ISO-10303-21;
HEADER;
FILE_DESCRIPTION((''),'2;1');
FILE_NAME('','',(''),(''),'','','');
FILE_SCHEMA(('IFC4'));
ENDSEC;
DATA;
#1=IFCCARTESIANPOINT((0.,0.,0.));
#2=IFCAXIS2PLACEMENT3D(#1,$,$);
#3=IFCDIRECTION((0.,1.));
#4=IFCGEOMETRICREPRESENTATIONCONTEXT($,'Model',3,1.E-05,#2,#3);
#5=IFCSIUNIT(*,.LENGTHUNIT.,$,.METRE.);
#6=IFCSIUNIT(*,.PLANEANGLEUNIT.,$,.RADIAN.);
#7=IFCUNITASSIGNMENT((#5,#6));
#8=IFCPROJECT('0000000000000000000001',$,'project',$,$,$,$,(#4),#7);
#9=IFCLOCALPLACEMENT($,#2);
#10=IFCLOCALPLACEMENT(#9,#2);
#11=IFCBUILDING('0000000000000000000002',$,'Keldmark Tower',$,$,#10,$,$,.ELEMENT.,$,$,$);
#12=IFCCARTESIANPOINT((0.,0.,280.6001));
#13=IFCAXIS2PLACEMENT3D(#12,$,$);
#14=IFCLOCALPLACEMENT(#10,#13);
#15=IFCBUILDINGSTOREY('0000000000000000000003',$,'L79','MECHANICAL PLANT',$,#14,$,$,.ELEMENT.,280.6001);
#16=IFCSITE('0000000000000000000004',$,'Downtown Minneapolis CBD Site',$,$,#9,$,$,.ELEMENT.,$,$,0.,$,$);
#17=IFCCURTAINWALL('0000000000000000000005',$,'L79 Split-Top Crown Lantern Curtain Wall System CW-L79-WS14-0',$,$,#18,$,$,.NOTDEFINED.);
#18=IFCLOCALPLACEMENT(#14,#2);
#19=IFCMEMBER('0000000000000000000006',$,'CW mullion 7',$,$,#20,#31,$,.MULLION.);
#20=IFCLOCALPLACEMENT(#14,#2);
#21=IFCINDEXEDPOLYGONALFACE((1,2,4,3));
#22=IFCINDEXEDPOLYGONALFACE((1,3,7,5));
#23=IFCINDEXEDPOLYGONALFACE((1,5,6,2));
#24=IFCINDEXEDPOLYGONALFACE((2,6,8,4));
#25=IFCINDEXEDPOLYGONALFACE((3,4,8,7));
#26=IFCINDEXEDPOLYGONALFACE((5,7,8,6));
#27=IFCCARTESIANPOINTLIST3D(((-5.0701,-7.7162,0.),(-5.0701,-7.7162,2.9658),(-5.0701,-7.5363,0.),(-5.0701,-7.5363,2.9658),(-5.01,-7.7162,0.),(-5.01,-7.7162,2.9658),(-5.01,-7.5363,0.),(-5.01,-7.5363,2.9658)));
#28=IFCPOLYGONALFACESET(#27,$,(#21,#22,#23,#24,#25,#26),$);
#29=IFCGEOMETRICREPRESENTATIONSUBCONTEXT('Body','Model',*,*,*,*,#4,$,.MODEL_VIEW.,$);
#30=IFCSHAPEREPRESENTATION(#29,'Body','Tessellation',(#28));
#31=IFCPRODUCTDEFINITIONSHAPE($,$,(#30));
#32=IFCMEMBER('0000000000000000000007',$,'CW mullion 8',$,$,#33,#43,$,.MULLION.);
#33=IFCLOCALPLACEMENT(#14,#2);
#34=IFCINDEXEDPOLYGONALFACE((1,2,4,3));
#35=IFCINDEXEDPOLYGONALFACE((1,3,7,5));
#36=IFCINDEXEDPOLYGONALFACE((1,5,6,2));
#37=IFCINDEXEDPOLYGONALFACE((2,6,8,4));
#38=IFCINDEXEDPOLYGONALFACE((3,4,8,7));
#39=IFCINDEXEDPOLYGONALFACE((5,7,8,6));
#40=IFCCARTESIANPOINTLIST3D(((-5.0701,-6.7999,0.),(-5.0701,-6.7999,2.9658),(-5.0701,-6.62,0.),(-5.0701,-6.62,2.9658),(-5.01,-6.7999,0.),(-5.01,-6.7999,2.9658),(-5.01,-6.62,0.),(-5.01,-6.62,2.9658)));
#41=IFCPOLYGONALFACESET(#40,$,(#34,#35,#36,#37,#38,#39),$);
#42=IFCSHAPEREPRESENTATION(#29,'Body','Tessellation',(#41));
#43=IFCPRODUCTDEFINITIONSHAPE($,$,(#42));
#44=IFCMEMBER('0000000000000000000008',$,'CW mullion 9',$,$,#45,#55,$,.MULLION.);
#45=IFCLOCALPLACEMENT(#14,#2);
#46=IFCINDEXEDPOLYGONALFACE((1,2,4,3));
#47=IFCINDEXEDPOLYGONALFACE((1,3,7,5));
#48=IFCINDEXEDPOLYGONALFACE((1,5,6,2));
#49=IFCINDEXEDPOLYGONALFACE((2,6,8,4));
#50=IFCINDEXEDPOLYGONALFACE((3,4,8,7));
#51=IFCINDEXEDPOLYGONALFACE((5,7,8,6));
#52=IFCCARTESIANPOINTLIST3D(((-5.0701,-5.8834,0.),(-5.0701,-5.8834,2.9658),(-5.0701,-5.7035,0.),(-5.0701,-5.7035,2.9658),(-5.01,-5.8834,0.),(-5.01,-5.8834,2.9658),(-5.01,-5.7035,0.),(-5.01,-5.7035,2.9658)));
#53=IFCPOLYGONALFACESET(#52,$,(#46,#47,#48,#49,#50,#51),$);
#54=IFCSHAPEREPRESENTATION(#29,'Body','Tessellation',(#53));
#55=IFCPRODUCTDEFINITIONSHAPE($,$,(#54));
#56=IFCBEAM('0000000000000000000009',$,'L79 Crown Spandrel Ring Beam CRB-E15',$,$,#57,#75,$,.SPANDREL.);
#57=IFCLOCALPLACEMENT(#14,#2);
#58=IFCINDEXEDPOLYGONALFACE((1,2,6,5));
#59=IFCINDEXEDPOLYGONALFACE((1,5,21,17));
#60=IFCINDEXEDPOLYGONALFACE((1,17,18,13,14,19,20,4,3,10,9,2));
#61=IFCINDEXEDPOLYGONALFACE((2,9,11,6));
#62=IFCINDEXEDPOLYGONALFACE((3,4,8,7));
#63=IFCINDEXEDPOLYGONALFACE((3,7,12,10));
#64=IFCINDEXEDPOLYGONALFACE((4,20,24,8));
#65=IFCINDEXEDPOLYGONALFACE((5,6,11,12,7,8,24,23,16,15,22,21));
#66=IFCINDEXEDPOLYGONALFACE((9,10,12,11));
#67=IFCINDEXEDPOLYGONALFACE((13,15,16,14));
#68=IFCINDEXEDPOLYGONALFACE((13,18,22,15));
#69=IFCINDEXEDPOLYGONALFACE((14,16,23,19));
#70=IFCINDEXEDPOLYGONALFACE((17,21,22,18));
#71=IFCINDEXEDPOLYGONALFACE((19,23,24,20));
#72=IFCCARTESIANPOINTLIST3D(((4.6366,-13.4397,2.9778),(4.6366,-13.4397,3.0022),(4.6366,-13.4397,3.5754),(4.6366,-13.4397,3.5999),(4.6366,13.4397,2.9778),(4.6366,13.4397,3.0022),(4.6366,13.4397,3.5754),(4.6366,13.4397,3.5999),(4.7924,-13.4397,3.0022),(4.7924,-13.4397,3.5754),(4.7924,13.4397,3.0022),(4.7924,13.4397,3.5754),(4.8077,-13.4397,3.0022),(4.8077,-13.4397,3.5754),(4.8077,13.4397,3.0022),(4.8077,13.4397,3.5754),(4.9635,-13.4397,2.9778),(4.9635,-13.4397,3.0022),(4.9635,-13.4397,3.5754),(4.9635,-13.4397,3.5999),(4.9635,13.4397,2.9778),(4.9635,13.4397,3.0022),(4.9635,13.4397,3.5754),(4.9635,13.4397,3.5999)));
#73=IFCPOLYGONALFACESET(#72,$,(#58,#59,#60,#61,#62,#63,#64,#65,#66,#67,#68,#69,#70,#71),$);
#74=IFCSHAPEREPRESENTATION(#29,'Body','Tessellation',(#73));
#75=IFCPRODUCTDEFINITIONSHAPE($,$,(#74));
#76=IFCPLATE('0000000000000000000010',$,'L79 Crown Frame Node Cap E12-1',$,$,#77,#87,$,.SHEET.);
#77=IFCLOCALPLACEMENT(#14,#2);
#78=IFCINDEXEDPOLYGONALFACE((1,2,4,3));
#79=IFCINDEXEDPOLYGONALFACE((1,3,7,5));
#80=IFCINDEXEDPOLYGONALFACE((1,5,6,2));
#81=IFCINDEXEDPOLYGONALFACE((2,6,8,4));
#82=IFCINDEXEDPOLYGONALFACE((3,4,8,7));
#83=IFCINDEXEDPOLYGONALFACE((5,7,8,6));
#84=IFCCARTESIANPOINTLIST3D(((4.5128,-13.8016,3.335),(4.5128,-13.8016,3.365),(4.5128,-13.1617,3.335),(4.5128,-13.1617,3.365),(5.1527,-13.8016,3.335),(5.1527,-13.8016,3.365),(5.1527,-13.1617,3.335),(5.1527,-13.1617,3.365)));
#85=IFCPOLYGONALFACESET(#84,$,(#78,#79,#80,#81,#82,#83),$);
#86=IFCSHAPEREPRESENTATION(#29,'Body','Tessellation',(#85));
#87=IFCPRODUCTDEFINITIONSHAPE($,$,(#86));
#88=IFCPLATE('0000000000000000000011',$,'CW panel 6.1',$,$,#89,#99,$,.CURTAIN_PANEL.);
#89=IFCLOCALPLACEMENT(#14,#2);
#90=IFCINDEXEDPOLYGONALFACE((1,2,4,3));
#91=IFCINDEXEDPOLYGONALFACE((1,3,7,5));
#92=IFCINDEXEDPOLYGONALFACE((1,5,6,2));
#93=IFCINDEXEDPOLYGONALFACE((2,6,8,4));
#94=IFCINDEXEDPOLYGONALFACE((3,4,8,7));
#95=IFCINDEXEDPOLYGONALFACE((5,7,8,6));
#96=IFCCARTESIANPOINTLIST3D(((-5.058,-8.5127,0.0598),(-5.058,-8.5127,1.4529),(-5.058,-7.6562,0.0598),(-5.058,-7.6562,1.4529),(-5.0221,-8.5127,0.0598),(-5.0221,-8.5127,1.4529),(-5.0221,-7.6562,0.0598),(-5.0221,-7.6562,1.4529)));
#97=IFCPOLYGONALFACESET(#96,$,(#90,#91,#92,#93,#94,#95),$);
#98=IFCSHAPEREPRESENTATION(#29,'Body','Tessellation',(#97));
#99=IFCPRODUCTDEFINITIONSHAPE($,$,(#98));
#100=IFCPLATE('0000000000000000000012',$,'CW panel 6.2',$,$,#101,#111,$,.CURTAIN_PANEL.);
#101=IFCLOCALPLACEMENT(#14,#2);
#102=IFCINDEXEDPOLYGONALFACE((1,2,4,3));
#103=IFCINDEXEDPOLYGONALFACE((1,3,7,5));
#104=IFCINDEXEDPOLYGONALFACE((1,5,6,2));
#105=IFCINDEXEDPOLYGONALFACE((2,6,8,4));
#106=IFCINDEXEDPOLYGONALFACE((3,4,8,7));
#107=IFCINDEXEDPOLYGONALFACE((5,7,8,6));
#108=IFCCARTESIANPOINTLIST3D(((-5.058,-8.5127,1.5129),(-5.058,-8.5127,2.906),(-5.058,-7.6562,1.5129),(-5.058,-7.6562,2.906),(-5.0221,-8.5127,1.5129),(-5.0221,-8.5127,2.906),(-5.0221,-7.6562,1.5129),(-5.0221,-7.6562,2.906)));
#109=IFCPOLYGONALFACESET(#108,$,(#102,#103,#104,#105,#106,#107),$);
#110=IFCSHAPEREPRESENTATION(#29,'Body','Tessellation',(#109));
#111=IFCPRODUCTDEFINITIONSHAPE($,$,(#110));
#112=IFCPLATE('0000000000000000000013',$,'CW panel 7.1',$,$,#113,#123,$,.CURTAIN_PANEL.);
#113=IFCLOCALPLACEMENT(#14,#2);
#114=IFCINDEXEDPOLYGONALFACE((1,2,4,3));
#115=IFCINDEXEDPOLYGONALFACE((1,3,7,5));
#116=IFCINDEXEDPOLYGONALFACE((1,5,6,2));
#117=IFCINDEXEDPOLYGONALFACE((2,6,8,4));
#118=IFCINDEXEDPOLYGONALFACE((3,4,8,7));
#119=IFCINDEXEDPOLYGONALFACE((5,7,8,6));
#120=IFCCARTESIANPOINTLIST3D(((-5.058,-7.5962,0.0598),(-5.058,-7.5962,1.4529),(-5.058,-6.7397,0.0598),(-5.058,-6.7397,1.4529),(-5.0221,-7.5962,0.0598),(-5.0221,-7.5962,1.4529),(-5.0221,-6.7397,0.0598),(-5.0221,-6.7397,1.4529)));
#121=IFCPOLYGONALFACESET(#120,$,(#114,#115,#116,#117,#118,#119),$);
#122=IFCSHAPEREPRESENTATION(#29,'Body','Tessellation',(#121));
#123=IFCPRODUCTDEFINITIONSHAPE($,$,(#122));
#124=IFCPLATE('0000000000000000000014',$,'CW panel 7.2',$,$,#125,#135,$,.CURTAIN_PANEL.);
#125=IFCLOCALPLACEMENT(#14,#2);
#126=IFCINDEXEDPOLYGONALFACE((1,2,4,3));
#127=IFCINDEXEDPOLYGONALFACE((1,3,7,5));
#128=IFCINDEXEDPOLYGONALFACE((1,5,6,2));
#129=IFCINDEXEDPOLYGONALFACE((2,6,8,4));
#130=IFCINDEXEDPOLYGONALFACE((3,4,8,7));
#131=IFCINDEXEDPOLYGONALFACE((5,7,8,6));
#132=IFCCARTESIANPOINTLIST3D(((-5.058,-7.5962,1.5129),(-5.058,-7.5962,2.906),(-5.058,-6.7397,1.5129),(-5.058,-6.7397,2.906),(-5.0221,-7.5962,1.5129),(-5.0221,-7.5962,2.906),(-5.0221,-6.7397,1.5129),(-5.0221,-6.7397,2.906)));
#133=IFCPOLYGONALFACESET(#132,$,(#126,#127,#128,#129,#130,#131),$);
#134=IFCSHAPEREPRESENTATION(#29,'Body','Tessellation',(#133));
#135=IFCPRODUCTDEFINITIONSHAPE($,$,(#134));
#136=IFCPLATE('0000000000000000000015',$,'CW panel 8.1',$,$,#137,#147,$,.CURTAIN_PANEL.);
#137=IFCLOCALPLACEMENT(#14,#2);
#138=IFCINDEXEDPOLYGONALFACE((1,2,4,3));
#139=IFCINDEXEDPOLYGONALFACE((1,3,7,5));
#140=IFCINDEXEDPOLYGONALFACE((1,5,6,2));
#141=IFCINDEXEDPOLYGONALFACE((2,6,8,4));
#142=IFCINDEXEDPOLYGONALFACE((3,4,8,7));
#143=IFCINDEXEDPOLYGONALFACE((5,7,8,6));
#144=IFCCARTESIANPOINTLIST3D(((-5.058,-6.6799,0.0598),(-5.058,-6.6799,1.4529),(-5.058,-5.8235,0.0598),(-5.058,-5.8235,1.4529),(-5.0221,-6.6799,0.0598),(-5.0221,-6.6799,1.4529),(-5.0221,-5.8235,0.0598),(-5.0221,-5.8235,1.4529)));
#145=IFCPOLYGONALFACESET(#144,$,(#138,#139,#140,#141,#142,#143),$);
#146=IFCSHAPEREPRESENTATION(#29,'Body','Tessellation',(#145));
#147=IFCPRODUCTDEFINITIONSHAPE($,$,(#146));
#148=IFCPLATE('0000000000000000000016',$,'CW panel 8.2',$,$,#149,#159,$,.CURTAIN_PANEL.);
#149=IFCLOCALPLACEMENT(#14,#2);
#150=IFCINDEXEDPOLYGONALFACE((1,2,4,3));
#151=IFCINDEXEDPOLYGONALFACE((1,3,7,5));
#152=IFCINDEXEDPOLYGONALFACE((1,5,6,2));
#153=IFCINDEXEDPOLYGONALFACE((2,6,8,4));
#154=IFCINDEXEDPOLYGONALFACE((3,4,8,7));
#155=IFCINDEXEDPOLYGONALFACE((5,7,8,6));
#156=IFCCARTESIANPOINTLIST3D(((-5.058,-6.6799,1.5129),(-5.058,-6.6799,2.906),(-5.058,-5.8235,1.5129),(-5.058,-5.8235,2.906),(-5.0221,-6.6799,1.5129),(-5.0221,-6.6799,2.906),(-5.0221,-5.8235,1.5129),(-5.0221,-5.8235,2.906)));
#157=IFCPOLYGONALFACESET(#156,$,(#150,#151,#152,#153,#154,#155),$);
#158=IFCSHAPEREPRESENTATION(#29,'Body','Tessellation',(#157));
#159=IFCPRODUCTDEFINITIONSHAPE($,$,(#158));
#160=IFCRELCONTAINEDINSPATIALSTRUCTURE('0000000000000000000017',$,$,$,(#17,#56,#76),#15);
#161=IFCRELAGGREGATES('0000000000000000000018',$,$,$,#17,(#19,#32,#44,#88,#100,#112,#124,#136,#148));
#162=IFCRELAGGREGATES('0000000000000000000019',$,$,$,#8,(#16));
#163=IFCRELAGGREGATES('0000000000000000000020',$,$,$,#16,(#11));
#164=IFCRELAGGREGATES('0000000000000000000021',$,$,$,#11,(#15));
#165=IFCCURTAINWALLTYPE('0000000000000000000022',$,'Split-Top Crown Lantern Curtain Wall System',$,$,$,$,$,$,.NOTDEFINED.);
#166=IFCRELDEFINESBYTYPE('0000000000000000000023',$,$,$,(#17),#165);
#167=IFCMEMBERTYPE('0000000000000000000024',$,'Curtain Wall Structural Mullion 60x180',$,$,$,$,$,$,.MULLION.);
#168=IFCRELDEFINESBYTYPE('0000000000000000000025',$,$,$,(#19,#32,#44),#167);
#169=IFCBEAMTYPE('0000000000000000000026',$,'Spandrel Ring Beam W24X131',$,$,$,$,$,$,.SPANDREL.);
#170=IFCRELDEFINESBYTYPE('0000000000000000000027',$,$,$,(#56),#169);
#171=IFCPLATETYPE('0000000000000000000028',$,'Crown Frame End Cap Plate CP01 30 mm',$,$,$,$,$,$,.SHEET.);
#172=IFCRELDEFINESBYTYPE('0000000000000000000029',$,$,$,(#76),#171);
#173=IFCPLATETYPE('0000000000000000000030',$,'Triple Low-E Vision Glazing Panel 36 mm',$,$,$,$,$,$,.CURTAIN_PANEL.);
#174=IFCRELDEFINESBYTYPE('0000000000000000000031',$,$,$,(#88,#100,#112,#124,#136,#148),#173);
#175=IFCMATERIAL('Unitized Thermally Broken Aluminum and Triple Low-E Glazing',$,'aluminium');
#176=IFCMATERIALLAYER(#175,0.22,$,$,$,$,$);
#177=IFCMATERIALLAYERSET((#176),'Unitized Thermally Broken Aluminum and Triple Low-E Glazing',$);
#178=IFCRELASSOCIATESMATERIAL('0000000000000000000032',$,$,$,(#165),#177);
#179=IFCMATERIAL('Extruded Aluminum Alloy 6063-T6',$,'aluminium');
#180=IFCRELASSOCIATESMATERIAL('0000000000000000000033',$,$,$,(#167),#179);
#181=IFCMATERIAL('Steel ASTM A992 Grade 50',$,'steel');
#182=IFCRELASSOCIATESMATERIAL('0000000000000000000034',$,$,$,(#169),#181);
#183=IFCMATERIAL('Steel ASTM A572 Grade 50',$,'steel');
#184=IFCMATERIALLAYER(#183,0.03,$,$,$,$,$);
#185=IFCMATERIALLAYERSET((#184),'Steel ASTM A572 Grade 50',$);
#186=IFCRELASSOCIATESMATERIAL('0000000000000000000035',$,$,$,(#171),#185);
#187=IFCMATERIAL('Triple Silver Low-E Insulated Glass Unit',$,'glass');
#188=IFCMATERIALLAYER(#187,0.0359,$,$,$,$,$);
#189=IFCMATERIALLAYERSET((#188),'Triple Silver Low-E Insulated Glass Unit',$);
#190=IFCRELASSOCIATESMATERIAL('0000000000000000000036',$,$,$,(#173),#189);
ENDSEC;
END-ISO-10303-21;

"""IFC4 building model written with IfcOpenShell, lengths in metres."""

from ifc_helpers import new_model, si_unit, direction, frame, origin, origin_2d, place, context, subcontext, project, spatial, rectangle, i_section, extrude, material, layer, layer_set, material_profile, profile_set, type_object, element, aggregate, save


model = new_model("IFC4")

# Units and contexts
model_context = context("Model", 3, precision=1e-05, world=origin(), true_north=direction((0.0, 1.0)))
body_context = subcontext(model_context, "Body", "Model", "MODEL_VIEW")
ifc_project = project(units=[si_unit("LENGTHUNIT", "METRE"), si_unit("PLANEANGLEUNIT", "RADIAN")], contexts=[model_context])

# Site, building, storey
site_placement = place(None, origin())
site = spatial("IfcSite", under=ifc_project, at=site_placement, Name="Downtown Minneapolis CBD Site", CompositionType="ELEMENT", RefElevation=0.0)
building_placement = place(site_placement, origin())
building = spatial("IfcBuilding", under=site, at=building_placement, Name="Keldmark Tower", CompositionType="ELEMENT")
storey_placement = place(building_placement, frame((0.0, 0.0, 280.6001)))
storey = spatial("IfcBuildingStorey", under=building, at=storey_placement, Name="L79", Description="MECHANICAL PLANT", CompositionType="ELEMENT", Elevation=280.6001)

# Curtain wall
ifc_material_1 = material(Name="Unitized Thermally Broken Aluminum and Triple Low-E Glazing", Category="aluminium")
ifc_layer_1 = layer(ifc_material_1, 0.22)
ifc_layer_set_1 = layer_set([ifc_layer_1], Name="Unitized Thermally Broken Aluminum and Triple Low-E Glazing")
curtain_wall_type = type_object("IfcCurtainWallType", Name="Split-Top Crown Lantern Curtain Wall System", PredefinedType="NOTDEFINED", material=ifc_layer_set_1)
curtain_wall_1_placement = place(storey_placement, origin())
curtain_wall_1 = element("IfcCurtainWall", 1, at=curtain_wall_1_placement, inside=storey, type_object=curtain_wall_type, Name="L79 Split-Top Crown Lantern Curtain Wall System CW-L79-WS14-0", PredefinedType="NOTDEFINED")
ifc_material_2 = material(Name="Extruded Aluminum Alloy 6063-T6", Category="aluminium")
ifc_material_profile_1 = material_profile(ifc_material_2, rectangle(XDim=0.0601, YDim=0.1799, at=origin_2d()), Name="CWM60X180")
ifc_profile_set_1 = profile_set([ifc_material_profile_1], Name="Extruded Aluminum Alloy 6063-T6")
member_type_1 = type_object("IfcMemberType", Name="Curtain Wall Structural Mullion 60x180", PredefinedType="MULLION", material=ifc_profile_set_1)

# Members
member_1_placement = place(storey_placement, frame((-5.04, -7.6262, 0.0), z_axis=(0.0, 0.0, 1.0), x_axis=(-1.0, 0.0, 0.0)))
member_1 = element("IfcMember", 2, at=member_1_placement, type_object=member_type_1, Name="CW mullion 7", PredefinedType="MULLION", context=body_context, shape_type="SweptSolid", body=[
    extrude(rectangle(XDim=0.0601, YDim=0.1799, at=origin_2d()), origin(), (0.0, 0.0, 1.0), 2.9658),
])
member_2_placement = place(storey_placement, frame((-5.04, -6.71, 0.0), z_axis=(0.0, 0.0, 1.0), x_axis=(-1.0, 0.0, 0.0)))
member_2 = element("IfcMember", 3, at=member_2_placement, type_object=member_type_1, Name="CW mullion 8", PredefinedType="MULLION", context=body_context, shape_type="SweptSolid", body=[
    extrude(rectangle(XDim=0.0601, YDim=0.1799, at=origin_2d()), origin(), (0.0, 0.0, 1.0), 2.9658),
])
member_3_placement = place(storey_placement, frame((-5.04, -5.7935, 0.0), z_axis=(0.0, 0.0, 1.0), x_axis=(-1.0, 0.0, 0.0)))
member_3 = element("IfcMember", 4, at=member_3_placement, type_object=member_type_1, Name="CW mullion 9", PredefinedType="MULLION", context=body_context, shape_type="SweptSolid", body=[
    extrude(rectangle(XDim=0.0601, YDim=0.1799, at=origin_2d()), origin(), (0.0, 0.0, 1.0), 2.9658),
])

# Beam
ifc_material_3 = material(Name="Steel ASTM A992 Grade 50", Category="steel")
ifc_material_profile_2 = material_profile(ifc_material_3, i_section(OverallWidth=0.3269, OverallDepth=0.6221, WebThickness=0.0154, FlangeThickness=0.0244, at=origin_2d()), Name="W24X131")
ifc_profile_set_2 = profile_set([ifc_material_profile_2], Name="Steel ASTM A992 Grade 50")
beam_type = type_object("IfcBeamType", Name="Spandrel Ring Beam W24X131", PredefinedType="SPANDREL", material=ifc_profile_set_2)
beam_placement = place(storey_placement, frame((4.8, -13.4397, 3.2888), z_axis=(0.0, 1.0, 0.0), x_axis=(-1.0, 0.0, 0.0)))
element("IfcBeam", 5, at=beam_placement, inside=storey, type_object=beam_type, Name="L79 Crown Spandrel Ring Beam CRB-E15", PredefinedType="SPANDREL", context=body_context, shape_type="SweptSolid", body=[
    extrude(i_section(OverallWidth=0.3269, OverallDepth=0.6221, WebThickness=0.0154, FlangeThickness=0.0244, at=origin_2d()), origin(), (0.0, 0.0, 1.0), 26.8794),
])

# Plates
ifc_material_4 = material(Name="Steel ASTM A572 Grade 50", Category="steel")
ifc_layer_2 = layer(ifc_material_4, 0.03)
ifc_layer_set_2 = layer_set([ifc_layer_2], Name="Steel ASTM A572 Grade 50")
plate_type_1 = type_object("IfcPlateType", Name="Crown Frame End Cap Plate CP01 30 mm", PredefinedType="SHEET", material=ifc_layer_set_2)
plate_1_placement = place(storey_placement, frame((4.8328, -13.4817, 3.335), z_axis=(0.0, 0.0, 1.0), x_axis=(1.0, 0.0, 0.0)))
element("IfcPlate", 6, at=plate_1_placement, inside=storey, type_object=plate_type_1, Name="L79 Crown Frame Node Cap E12-1", PredefinedType="SHEET", context=body_context, shape_type="SweptSolid", body=[
    extrude(rectangle(XDim=0.6399, YDim=0.6399, at=origin_2d()), origin(), (0.0, 0.0, 1.0), 0.03),
])
ifc_material_5 = material(Name="Triple Silver Low-E Insulated Glass Unit", Category="glass")
ifc_layer_3 = layer(ifc_material_5, 0.0359)
ifc_layer_set_3 = layer_set([ifc_layer_3], Name="Triple Silver Low-E Insulated Glass Unit")
plate_type_2 = type_object("IfcPlateType", Name="Triple Low-E Vision Glazing Panel 36 mm", PredefinedType="CURTAIN_PANEL", material=ifc_layer_set_3)
plate_2_placement = place(storey_placement, frame((-5.04, -8.0845, 0.0598), z_axis=(0.0, 0.0, 1.0), x_axis=(0.0, 1.0, 0.0)))
plate_2 = element("IfcPlate", 7, at=plate_2_placement, type_object=plate_type_2, Name="CW panel 6.1", PredefinedType="CURTAIN_PANEL", context=body_context, shape_type="SweptSolid", body=[
    extrude(rectangle(XDim=0.8564, YDim=0.0359, at=origin_2d()), origin(), (0.0, 0.0, 1.0), 1.3931),
])
plate_3_placement = place(storey_placement, frame((-5.04, -8.0845, 1.5129), z_axis=(0.0, 0.0, 1.0), x_axis=(0.0, 1.0, 0.0)))
plate_3 = element("IfcPlate", 8, at=plate_3_placement, type_object=plate_type_2, Name="CW panel 6.2", PredefinedType="CURTAIN_PANEL", context=body_context, shape_type="SweptSolid", body=[
    extrude(rectangle(XDim=0.8564, YDim=0.0359, at=origin_2d()), origin(), (0.0, 0.0, 1.0), 1.3931),
])
plate_4_placement = place(storey_placement, frame((-5.04, -7.168, 0.0598), z_axis=(0.0, 0.0, 1.0), x_axis=(0.0, 1.0, 0.0)))
plate_4 = element("IfcPlate", 9, at=plate_4_placement, type_object=plate_type_2, Name="CW panel 7.1", PredefinedType="CURTAIN_PANEL", context=body_context, shape_type="SweptSolid", body=[
    extrude(rectangle(XDim=0.8564, YDim=0.0359, at=origin_2d()), origin(), (0.0, 0.0, 1.0), 1.3931),
])
plate_5_placement = place(storey_placement, frame((-5.04, -7.168, 1.5129), z_axis=(0.0, 0.0, 1.0), x_axis=(0.0, 1.0, 0.0)))
plate_5 = element("IfcPlate", 10, at=plate_5_placement, type_object=plate_type_2, Name="CW panel 7.2", PredefinedType="CURTAIN_PANEL", context=body_context, shape_type="SweptSolid", body=[
    extrude(rectangle(XDim=0.8564, YDim=0.0359, at=origin_2d()), origin(), (0.0, 0.0, 1.0), 1.3931),
])
plate_6_placement = place(storey_placement, frame((-5.04, -6.2517, 0.0598), z_axis=(0.0, 0.0, 1.0), x_axis=(0.0, 1.0, 0.0)))
plate_6 = element("IfcPlate", 11, at=plate_6_placement, type_object=plate_type_2, Name="CW panel 8.1", PredefinedType="CURTAIN_PANEL", context=body_context, shape_type="SweptSolid", body=[
    extrude(rectangle(XDim=0.8564, YDim=0.0359, at=origin_2d()), origin(), (0.0, 0.0, 1.0), 1.3931),
])
plate_7_placement = place(storey_placement, frame((-5.04, -6.2517, 1.5129), z_axis=(0.0, 0.0, 1.0), x_axis=(0.0, 1.0, 0.0)))
plate_7 = element("IfcPlate", 12, at=plate_7_placement, type_object=plate_type_2, Name="CW panel 8.2", PredefinedType="CURTAIN_PANEL", context=body_context, shape_type="SweptSolid", body=[
    extrude(rectangle(XDim=0.8564, YDim=0.0359, at=origin_2d()), origin(), (0.0, 0.0, 1.0), 1.3931),
])
aggregate(curtain_wall_1, [member_1, member_2, member_3, plate_2, plate_3, plate_4, plate_5, plate_6, plate_7])

save(model, "model.ifc")
